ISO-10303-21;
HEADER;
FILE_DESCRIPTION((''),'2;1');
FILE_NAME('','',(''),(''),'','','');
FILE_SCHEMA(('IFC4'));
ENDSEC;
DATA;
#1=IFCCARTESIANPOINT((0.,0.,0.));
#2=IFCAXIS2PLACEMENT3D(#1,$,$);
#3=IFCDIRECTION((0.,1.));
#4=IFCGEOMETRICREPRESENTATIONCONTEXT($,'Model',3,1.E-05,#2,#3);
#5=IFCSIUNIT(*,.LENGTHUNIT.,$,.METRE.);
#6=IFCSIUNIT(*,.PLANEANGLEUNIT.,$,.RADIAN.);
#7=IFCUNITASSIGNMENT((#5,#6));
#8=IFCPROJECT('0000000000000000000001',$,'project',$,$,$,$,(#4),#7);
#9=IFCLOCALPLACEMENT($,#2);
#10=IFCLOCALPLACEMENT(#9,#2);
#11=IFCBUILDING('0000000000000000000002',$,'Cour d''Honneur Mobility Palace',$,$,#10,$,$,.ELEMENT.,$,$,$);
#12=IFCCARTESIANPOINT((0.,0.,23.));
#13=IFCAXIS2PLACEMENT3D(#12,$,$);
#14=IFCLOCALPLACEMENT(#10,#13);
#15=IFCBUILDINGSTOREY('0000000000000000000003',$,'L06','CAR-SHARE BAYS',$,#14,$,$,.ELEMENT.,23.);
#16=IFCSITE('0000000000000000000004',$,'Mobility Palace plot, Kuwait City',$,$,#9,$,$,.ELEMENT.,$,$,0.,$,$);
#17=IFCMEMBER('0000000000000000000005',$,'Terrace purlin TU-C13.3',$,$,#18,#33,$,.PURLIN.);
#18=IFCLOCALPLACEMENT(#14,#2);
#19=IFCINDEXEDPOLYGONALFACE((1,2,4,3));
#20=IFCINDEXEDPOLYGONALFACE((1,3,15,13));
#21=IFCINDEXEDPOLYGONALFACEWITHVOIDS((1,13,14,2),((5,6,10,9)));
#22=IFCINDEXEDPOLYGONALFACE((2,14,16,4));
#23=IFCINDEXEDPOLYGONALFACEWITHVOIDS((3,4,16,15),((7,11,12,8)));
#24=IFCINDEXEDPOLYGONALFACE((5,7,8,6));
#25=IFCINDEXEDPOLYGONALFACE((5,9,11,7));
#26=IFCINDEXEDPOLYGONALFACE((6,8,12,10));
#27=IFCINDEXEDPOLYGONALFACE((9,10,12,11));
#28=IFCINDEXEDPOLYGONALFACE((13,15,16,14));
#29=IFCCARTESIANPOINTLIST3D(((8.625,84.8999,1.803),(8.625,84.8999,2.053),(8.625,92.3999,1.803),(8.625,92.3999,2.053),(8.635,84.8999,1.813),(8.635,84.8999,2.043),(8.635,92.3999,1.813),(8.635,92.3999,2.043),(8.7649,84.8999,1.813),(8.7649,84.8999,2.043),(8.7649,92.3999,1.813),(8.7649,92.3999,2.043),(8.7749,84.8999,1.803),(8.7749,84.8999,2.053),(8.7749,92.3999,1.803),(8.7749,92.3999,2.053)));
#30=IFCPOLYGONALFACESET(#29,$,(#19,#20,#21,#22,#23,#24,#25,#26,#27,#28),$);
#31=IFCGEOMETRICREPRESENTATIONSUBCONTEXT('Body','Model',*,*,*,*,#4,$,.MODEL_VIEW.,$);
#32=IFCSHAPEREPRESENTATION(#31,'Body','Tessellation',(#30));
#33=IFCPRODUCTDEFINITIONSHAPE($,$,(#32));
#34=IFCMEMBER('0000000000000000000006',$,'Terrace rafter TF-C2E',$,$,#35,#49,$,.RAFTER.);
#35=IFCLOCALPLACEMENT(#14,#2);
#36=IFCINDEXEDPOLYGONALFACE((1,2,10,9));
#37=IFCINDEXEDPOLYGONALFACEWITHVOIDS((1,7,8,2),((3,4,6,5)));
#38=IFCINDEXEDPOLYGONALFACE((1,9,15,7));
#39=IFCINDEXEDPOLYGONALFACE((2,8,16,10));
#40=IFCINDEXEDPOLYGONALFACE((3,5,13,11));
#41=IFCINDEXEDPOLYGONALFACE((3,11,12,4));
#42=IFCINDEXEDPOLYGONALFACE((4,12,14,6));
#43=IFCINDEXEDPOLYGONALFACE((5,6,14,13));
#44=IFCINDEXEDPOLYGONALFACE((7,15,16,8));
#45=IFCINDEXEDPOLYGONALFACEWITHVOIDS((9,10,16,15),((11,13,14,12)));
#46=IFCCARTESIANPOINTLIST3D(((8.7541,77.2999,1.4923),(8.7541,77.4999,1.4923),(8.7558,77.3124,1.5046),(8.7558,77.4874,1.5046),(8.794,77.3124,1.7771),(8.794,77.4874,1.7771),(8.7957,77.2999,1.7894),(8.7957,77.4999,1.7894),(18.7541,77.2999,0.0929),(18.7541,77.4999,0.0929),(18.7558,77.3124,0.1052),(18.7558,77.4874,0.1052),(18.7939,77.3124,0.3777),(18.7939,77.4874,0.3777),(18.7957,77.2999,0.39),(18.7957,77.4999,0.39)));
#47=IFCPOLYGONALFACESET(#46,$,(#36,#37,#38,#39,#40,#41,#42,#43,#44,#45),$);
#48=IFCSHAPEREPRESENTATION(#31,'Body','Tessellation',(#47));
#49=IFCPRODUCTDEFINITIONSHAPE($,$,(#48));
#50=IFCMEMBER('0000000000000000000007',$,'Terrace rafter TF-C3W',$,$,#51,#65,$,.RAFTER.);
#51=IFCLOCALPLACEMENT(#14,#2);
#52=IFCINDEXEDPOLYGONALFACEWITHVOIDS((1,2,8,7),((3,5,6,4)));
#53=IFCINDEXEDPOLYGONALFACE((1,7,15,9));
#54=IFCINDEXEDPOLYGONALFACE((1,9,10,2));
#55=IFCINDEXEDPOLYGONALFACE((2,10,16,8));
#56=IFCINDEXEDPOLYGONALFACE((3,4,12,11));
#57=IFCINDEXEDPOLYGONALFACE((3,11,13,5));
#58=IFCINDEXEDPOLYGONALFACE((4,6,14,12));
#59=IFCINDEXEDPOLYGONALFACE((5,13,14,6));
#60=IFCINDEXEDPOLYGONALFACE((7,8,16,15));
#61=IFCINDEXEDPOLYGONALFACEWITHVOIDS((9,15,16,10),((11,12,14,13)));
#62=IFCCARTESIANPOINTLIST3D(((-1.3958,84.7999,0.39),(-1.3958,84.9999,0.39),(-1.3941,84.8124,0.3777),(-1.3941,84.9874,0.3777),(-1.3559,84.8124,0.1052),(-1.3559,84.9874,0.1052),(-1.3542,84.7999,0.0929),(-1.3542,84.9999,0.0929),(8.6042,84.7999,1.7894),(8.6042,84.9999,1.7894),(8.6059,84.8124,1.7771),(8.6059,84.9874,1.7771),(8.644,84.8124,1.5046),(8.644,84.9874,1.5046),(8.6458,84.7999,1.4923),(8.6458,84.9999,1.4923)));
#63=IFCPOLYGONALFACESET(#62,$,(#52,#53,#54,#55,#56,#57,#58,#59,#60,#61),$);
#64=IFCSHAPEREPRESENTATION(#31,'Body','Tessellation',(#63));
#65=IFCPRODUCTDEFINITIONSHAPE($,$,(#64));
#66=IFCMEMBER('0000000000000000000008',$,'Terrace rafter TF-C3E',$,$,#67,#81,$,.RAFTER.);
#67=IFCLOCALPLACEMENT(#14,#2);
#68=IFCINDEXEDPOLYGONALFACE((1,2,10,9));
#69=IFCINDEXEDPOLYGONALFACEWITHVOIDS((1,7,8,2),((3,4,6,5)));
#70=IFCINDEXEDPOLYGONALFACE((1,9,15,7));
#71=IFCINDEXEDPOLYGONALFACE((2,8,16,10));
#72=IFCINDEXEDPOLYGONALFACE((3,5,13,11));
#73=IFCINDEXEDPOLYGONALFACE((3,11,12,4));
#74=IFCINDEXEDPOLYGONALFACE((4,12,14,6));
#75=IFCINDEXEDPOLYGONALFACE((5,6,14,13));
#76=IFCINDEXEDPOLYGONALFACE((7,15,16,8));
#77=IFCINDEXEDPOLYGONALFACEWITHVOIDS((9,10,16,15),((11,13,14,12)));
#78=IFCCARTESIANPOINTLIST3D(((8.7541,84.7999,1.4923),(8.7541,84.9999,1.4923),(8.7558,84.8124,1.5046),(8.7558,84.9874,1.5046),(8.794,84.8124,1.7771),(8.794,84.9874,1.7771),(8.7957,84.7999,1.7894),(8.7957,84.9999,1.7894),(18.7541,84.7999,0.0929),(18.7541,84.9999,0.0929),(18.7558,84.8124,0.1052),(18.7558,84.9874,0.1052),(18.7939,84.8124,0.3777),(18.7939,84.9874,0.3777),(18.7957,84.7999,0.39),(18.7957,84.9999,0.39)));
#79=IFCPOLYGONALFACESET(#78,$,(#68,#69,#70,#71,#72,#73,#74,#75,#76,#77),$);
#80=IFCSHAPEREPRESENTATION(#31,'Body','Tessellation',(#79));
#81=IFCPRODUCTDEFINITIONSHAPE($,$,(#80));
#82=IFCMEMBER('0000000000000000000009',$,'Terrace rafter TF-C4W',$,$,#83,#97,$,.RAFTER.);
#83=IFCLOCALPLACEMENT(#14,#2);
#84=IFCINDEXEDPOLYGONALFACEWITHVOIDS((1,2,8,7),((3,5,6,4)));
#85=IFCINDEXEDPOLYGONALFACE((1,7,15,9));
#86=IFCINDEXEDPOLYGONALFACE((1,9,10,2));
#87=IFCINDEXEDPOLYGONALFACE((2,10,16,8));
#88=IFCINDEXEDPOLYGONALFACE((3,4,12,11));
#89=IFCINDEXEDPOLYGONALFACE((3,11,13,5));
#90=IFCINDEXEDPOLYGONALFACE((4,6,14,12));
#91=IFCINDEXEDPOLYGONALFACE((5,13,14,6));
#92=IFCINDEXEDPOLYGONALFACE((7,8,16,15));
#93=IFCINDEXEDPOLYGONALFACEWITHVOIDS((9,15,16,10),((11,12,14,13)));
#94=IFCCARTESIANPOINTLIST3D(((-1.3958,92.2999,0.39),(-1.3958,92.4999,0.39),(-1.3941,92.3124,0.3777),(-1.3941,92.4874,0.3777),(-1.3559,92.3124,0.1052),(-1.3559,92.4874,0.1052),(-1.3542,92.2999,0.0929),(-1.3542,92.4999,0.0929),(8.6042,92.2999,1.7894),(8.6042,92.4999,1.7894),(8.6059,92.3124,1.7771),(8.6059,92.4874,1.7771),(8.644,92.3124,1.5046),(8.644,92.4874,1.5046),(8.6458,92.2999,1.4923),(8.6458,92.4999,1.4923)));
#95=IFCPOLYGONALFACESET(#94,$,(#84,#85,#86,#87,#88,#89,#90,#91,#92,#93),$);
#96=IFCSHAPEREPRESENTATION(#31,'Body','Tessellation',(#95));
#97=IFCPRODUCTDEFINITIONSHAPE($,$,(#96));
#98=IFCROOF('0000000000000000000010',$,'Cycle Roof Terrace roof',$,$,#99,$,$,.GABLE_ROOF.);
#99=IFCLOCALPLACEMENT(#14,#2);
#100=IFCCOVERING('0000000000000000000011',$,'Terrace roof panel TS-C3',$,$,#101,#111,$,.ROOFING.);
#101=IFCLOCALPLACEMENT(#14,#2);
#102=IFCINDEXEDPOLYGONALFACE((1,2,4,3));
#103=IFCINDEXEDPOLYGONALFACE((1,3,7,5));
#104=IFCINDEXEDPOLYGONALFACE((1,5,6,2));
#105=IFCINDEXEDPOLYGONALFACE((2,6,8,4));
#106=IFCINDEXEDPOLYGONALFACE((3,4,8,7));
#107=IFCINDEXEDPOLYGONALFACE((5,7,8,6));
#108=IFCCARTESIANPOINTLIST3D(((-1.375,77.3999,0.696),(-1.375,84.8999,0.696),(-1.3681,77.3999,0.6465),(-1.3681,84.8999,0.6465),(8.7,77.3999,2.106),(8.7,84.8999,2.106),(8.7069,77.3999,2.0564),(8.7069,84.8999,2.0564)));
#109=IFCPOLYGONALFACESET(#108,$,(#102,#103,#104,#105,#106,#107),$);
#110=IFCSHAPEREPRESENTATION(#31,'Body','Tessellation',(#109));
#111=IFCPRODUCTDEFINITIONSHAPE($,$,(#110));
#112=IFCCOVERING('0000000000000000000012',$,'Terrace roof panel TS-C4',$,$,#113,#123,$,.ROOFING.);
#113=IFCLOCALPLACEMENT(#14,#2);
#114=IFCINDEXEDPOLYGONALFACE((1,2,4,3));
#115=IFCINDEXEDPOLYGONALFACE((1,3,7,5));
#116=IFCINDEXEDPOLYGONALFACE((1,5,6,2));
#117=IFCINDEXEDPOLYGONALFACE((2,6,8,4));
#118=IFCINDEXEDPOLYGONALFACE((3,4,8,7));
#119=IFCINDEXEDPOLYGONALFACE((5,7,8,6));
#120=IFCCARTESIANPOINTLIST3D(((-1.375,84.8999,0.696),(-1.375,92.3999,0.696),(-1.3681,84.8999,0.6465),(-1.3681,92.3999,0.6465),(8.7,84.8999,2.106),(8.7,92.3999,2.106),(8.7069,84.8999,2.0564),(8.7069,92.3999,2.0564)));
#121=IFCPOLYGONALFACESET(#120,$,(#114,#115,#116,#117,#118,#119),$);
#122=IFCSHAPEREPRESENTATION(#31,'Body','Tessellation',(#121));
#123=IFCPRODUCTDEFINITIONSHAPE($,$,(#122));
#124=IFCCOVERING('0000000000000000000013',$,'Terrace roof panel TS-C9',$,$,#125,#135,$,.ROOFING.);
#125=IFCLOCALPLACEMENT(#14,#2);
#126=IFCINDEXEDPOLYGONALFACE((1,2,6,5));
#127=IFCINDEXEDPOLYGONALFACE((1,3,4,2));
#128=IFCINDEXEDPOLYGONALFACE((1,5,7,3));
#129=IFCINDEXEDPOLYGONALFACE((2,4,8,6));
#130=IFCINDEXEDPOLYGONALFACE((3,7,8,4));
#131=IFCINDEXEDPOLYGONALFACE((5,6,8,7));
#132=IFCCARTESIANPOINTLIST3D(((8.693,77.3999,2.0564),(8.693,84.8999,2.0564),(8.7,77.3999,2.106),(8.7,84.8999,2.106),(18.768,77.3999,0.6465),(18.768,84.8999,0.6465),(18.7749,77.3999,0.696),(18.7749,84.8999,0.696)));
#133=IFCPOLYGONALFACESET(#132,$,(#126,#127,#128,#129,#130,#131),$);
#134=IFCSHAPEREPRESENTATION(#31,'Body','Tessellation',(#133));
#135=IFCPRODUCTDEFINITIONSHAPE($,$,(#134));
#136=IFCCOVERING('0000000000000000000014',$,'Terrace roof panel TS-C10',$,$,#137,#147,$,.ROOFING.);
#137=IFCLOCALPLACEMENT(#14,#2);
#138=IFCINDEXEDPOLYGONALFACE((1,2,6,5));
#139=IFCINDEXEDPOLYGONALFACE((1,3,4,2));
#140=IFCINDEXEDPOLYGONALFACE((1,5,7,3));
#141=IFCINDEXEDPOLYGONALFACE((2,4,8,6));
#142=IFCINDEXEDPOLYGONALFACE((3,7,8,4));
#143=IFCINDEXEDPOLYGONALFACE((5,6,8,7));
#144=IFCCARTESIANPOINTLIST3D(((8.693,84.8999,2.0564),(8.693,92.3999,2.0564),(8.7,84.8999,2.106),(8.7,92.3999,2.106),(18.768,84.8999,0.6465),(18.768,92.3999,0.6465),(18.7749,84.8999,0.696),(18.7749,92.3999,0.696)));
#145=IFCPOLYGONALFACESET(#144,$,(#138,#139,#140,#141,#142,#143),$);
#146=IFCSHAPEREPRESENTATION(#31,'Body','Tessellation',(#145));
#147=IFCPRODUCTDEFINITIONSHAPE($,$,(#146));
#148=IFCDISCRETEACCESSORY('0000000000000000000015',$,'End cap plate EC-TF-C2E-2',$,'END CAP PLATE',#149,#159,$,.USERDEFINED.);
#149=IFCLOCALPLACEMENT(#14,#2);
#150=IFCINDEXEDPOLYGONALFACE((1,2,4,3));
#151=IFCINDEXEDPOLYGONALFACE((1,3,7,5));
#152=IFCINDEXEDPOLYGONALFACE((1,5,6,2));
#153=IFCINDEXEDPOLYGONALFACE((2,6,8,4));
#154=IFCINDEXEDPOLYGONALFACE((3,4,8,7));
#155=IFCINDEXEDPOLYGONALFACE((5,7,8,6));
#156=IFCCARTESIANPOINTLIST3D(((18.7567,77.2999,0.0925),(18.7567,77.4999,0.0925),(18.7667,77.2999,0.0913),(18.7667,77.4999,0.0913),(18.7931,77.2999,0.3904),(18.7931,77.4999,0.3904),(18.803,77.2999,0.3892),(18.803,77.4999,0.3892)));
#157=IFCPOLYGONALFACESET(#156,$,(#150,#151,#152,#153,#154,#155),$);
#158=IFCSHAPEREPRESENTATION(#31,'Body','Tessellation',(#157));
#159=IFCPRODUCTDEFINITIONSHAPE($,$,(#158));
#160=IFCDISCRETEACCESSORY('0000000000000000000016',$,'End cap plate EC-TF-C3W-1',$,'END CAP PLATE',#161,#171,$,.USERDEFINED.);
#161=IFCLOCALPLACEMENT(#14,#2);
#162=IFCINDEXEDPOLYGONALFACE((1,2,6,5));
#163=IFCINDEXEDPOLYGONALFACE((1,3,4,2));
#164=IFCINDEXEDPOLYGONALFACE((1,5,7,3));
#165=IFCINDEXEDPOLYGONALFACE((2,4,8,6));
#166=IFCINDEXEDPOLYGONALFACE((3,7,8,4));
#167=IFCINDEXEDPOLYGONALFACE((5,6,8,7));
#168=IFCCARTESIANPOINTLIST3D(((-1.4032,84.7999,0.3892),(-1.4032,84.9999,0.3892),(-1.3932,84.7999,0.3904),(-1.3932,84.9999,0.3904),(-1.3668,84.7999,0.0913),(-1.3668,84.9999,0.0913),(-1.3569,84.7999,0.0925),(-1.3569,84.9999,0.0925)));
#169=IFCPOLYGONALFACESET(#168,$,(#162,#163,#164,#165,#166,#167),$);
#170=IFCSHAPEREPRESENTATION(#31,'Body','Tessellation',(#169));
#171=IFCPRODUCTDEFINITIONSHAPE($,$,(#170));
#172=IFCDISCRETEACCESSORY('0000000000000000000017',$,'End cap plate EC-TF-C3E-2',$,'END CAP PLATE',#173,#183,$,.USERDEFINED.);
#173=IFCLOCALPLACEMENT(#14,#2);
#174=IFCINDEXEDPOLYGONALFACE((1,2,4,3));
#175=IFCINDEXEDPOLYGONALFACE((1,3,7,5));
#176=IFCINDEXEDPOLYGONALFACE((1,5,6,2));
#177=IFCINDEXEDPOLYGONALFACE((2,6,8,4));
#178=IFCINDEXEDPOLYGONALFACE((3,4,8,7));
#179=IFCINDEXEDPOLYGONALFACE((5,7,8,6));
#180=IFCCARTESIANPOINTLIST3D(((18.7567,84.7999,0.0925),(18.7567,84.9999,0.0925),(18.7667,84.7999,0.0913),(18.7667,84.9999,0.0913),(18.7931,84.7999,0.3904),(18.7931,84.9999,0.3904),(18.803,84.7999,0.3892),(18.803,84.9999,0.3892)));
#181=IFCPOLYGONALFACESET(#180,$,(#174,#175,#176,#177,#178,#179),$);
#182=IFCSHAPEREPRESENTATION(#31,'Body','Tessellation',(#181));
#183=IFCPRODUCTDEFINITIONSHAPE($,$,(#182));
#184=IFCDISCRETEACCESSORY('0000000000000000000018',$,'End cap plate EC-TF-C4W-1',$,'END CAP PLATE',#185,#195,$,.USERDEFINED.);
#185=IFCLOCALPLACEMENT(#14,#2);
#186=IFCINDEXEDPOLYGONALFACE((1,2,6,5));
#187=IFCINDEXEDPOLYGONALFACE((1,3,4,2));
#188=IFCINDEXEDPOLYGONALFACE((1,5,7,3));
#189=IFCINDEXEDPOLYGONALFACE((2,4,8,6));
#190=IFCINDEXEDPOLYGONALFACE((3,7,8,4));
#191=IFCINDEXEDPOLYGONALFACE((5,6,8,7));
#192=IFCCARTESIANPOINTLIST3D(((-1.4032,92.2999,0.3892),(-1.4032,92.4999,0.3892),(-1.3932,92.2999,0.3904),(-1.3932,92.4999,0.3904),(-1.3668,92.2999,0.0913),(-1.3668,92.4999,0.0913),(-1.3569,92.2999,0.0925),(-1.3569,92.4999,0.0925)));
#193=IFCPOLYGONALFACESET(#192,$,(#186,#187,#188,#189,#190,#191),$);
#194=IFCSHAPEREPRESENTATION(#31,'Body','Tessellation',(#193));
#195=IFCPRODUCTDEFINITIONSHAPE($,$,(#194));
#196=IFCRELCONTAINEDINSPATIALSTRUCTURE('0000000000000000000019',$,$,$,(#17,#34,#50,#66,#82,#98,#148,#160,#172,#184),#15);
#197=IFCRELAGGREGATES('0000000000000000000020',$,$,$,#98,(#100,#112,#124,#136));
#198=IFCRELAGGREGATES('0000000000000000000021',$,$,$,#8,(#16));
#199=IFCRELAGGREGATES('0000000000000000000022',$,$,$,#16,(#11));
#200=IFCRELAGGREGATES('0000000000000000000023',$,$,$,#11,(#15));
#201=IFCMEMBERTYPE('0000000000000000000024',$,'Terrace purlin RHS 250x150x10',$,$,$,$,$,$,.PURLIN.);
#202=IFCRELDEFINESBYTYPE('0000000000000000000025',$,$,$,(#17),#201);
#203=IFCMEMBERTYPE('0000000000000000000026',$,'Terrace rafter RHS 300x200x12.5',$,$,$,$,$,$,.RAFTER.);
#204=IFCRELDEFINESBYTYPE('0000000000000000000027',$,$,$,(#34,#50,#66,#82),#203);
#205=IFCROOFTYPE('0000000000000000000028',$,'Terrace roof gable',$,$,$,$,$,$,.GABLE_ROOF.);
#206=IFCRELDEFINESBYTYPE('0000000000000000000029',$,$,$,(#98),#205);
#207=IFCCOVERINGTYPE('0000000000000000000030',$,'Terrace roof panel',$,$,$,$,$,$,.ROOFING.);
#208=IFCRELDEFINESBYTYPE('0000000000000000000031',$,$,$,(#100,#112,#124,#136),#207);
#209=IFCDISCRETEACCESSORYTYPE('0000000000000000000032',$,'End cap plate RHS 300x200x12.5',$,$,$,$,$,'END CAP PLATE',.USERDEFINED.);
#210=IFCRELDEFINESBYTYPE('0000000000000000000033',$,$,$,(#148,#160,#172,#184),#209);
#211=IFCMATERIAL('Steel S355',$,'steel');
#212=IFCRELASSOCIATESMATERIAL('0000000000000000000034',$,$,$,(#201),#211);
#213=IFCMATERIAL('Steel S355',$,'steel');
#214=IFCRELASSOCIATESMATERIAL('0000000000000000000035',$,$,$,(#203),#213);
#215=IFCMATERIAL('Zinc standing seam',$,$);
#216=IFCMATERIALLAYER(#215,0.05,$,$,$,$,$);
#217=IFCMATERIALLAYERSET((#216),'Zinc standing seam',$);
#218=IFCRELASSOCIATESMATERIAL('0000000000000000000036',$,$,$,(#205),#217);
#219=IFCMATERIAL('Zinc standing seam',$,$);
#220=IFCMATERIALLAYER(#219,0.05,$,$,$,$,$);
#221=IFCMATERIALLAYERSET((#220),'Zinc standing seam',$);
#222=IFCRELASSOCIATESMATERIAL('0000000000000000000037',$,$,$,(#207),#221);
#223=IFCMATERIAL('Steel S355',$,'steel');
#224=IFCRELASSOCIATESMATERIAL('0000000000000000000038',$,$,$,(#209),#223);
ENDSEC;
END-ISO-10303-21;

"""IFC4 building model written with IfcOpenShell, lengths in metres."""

from ifc_helpers import new_model, si_unit, direction, frame, origin, origin_2d, place, context, subcontext, project, spatial, polyline, rectangle, hollow_rectangle, outline, extrude, material, layer, layer_set, material_profile, profile_set, type_object, element, aggregate, save


model = new_model("IFC4")

# Units and contexts
model_context = context("Model", 3, precision=1e-05, world=origin(), true_north=direction((0.0, 1.0)))
body_context = subcontext(model_context, "Body", "Model", "MODEL_VIEW")
ifc_project = project(units=[si_unit("LENGTHUNIT", "METRE"), si_unit("PLANEANGLEUNIT", "RADIAN")], contexts=[model_context])

# Site, building, storey
site_placement = place(None, origin())
site = spatial("IfcSite", under=ifc_project, at=site_placement, Name="Mobility Palace plot, Kuwait City", CompositionType="ELEMENT", RefElevation=0.0)
building_placement = place(site_placement, origin())
building = spatial("IfcBuilding", under=site, at=building_placement, Name="Cour d'Honneur Mobility Palace", CompositionType="ELEMENT")
storey_placement = place(building_placement, frame((0.0, 0.0, 23.0)))
storey = spatial("IfcBuildingStorey", under=building, at=storey_placement, Name="L06", Description="CAR-SHARE BAYS", CompositionType="ELEMENT", Elevation=23.0)

# Members
ifc_material_1 = material(Name="Steel S355", Category="steel")
ifc_material_profile_1 = material_profile(ifc_material_1, hollow_rectangle(XDim=0.1499, YDim=0.25, WallThickness=0.01, at=origin_2d()), Name="RHS 250x150x10")
ifc_profile_set_1 = profile_set([ifc_material_profile_1], Name="Steel S355")
member_type_1 = type_object("IfcMemberType", Name="Terrace purlin RHS 250x150x10", PredefinedType="PURLIN", material=ifc_profile_set_1)
for number, where, z_axis, x_axis, name in (
    (1, (8.7, 84.8999, 1.928), (0.0, 1.0, 0.0), (-1.0, 0.0, 0.0), "Terrace purlin TU-C13.3"),
):
    element("IfcMember", number, at=place(storey_placement, frame(where, z_axis=z_axis, x_axis=x_axis)), inside=storey, type_object=member_type_1, Name=name, PredefinedType="PURLIN", context=body_context, shape_type="SweptSolid", body=[
        extrude(hollow_rectangle(XDim=0.1499, YDim=0.25, WallThickness=0.01, at=origin_2d()), origin(), (0.0, 0.0, 1.0), 7.5),
    ])
ifc_material_2 = material(Name="Steel S355", Category="steel")
ifc_material_profile_2 = material_profile(ifc_material_2, hollow_rectangle(XDim=0.2, YDim=0.3, WallThickness=0.0125, at=origin_2d()), Name="RHS 300x200x12.5")
ifc_profile_set_2 = profile_set([ifc_material_profile_2], Name="Steel S355")
member_type_2 = type_object("IfcMemberType", Name="Terrace rafter RHS 300x200x12.5", PredefinedType="RAFTER", material=ifc_profile_set_2)
for number, where, z_axis, x_axis, name in (
    (2, (8.7749, 77.3999, 1.6409), (0.99035, 0.0, -0.138591), (0.0, 1.0, 0.0), "Terrace rafter TF-C2E"),
    (3, (-1.375, 84.8999, 0.2415), (0.99035, 0.0, 0.138591), (0.0, 1.0, 0.0), "Terrace rafter TF-C3W"),
    (4, (8.7749, 84.8999, 1.6409), (0.99035, 0.0, -0.138591), (0.0, 1.0, 0.0), "Terrace rafter TF-C3E"),
    (5, (-1.375, 92.3999, 0.2415), (0.99035, 0.0, 0.138591), (0.0, 1.0, 0.0), "Terrace rafter TF-C4W"),
):
    element("IfcMember", number, at=place(storey_placement, frame(where, z_axis=z_axis, x_axis=x_axis)), inside=storey, type_object=member_type_2, Name=name, PredefinedType="RAFTER", context=body_context, shape_type="SweptSolid", body=[
        extrude(hollow_rectangle(XDim=0.2, YDim=0.3, WallThickness=0.0125, at=origin_2d()), origin(), (0.0, 0.0, 1.0), 10.0974),
    ])

# Roof, coverings
ifc_material_3 = material(Name="Zinc standing seam")
ifc_layer_1 = layer(ifc_material_3, 0.05)
ifc_layer_set_1 = layer_set([ifc_layer_1], Name="Zinc standing seam")
roof_type = type_object("IfcRoofType", Name="Terrace roof gable", PredefinedType="GABLE_ROOF", material=ifc_layer_set_1)
roof_placement = place(storey_placement, origin())
roof = element("IfcRoof", 6, at=roof_placement, inside=storey, type_object=roof_type, Name="Cycle Roof Terrace roof", PredefinedType="GABLE_ROOF")
ifc_material_4 = material(Name="Zinc standing seam")
ifc_layer_2 = layer(ifc_material_4, 0.05)
ifc_layer_set_2 = layer_set([ifc_layer_2], Name="Zinc standing seam")
covering_type = type_object("IfcCoveringType", Name="Terrace roof panel", PredefinedType="ROOFING", material=ifc_layer_set_2)
covering_1_placement = place(storey_placement, frame((-1.375, 77.3999, 0.696), z_axis=(-0.138592, 0.0, 0.99035), x_axis=(0.99035, 0.0, 0.138592)))
covering_1 = element("IfcCovering", 7, at=covering_1_placement, type_object=covering_type, Name="Terrace roof panel TS-C3", PredefinedType="ROOFING", context=body_context, shape_type="SweptSolid", body=[
    extrude(outline(polyline([(0.0, 0.0), (10.1731, 0.0), (10.1731, 7.5), (0.0, 7.5), (0.0, 0.0)])), origin(), (0.0, 0.0, -1.0), 0.05),
])
covering_2_placement = place(storey_placement, frame((-1.375, 84.8999, 0.696), z_axis=(-0.138592, 0.0, 0.99035), x_axis=(0.99035, 0.0, 0.138592)))
covering_2 = element("IfcCovering", 8, at=covering_2_placement, type_object=covering_type, Name="Terrace roof panel TS-C4", PredefinedType="ROOFING", context=body_context, shape_type="SweptSolid", body=[
    extrude(outline(polyline([(0.0, 0.0), (10.1731, 0.0), (10.1731, 7.5), (0.0, 7.5), (0.0, 0.0)])), origin(), (0.0, 0.0, -1.0), 0.05),
])
covering_3_placement = place(storey_placement, frame((8.7, 77.3999, 2.106), z_axis=(0.138592, 0.0, 0.99035), x_axis=(0.99035, 0.0, -0.138592)))
covering_3 = element("IfcCovering", 9, at=covering_3_placement, type_object=covering_type, Name="Terrace roof panel TS-C9", PredefinedType="ROOFING", context=body_context, shape_type="SweptSolid", body=[
    extrude(outline(polyline([(0.0, 0.0), (10.1731, 0.0), (10.1731, 7.5), (0.0, 7.5), (0.0, 0.0)])), origin(), (0.0, 0.0, -1.0), 0.05),
])
covering_4_placement = place(storey_placement, frame((8.7, 84.8999, 2.106), z_axis=(0.138592, 0.0, 0.99035), x_axis=(0.99035, 0.0, -0.138592)))
covering_4 = element("IfcCovering", 10, at=covering_4_placement, type_object=covering_type, Name="Terrace roof panel TS-C10", PredefinedType="ROOFING", context=body_context, shape_type="SweptSolid", body=[
    extrude(outline(polyline([(0.0, 0.0), (10.1731, 0.0), (10.1731, 7.5), (0.0, 7.5), (0.0, 0.0)])), origin(), (0.0, 0.0, -1.0), 0.05),
])
aggregate(roof, [covering_1, covering_2, covering_3, covering_4])

# Discrete accessories
ifc_material_5 = material(Name="Steel S355", Category="steel")
ifc_material_profile_3 = material_profile(ifc_material_5, rectangle(XDim=0.2, YDim=0.3, at=origin_2d()), Name="PL 300x200x10")
ifc_profile_set_3 = profile_set([ifc_material_profile_3], Name="Steel S355")
discrete_accessory_type = type_object("IfcDiscreteAccessoryType", Name="End cap plate RHS 300x200x12.5", ElementType="END CAP PLATE", PredefinedType="USERDEFINED", material=ifc_profile_set_3)
for number, where, z_axis, x_axis, name in (
    (11, (18.7749, 77.3999, 0.2415), (0.992646, 0.0, -0.121054), (0.0, 1.0, 0.0), "End cap plate EC-TF-C2E-2"),
    (12, (-1.385, 84.8999, 0.2402), (0.992646, 0.0, 0.121054), (0.0, 1.0, 0.0), "End cap plate EC-TF-C3W-1"),
    (13, (18.7749, 84.8999, 0.2415), (0.992646, 0.0, -0.121054), (0.0, 1.0, 0.0), "End cap plate EC-TF-C3E-2"),
    (14, (-1.385, 92.3999, 0.2402), (0.992646, 0.0, 0.121054), (0.0, 1.0, 0.0), "End cap plate EC-TF-C4W-1"),
):
    element("IfcDiscreteAccessory", number, at=place(storey_placement, frame(where, z_axis=z_axis, x_axis=x_axis)), inside=storey, type_object=discrete_accessory_type, Name=name, ObjectType="END CAP PLATE", PredefinedType="USERDEFINED", context=body_context, shape_type="SweptSolid", body=[
        extrude(rectangle(XDim=0.2, YDim=0.3, at=origin_2d()), origin(), (0.0, 0.0, 1.0), 0.01),
    ])

save(model, "model.ifc")
